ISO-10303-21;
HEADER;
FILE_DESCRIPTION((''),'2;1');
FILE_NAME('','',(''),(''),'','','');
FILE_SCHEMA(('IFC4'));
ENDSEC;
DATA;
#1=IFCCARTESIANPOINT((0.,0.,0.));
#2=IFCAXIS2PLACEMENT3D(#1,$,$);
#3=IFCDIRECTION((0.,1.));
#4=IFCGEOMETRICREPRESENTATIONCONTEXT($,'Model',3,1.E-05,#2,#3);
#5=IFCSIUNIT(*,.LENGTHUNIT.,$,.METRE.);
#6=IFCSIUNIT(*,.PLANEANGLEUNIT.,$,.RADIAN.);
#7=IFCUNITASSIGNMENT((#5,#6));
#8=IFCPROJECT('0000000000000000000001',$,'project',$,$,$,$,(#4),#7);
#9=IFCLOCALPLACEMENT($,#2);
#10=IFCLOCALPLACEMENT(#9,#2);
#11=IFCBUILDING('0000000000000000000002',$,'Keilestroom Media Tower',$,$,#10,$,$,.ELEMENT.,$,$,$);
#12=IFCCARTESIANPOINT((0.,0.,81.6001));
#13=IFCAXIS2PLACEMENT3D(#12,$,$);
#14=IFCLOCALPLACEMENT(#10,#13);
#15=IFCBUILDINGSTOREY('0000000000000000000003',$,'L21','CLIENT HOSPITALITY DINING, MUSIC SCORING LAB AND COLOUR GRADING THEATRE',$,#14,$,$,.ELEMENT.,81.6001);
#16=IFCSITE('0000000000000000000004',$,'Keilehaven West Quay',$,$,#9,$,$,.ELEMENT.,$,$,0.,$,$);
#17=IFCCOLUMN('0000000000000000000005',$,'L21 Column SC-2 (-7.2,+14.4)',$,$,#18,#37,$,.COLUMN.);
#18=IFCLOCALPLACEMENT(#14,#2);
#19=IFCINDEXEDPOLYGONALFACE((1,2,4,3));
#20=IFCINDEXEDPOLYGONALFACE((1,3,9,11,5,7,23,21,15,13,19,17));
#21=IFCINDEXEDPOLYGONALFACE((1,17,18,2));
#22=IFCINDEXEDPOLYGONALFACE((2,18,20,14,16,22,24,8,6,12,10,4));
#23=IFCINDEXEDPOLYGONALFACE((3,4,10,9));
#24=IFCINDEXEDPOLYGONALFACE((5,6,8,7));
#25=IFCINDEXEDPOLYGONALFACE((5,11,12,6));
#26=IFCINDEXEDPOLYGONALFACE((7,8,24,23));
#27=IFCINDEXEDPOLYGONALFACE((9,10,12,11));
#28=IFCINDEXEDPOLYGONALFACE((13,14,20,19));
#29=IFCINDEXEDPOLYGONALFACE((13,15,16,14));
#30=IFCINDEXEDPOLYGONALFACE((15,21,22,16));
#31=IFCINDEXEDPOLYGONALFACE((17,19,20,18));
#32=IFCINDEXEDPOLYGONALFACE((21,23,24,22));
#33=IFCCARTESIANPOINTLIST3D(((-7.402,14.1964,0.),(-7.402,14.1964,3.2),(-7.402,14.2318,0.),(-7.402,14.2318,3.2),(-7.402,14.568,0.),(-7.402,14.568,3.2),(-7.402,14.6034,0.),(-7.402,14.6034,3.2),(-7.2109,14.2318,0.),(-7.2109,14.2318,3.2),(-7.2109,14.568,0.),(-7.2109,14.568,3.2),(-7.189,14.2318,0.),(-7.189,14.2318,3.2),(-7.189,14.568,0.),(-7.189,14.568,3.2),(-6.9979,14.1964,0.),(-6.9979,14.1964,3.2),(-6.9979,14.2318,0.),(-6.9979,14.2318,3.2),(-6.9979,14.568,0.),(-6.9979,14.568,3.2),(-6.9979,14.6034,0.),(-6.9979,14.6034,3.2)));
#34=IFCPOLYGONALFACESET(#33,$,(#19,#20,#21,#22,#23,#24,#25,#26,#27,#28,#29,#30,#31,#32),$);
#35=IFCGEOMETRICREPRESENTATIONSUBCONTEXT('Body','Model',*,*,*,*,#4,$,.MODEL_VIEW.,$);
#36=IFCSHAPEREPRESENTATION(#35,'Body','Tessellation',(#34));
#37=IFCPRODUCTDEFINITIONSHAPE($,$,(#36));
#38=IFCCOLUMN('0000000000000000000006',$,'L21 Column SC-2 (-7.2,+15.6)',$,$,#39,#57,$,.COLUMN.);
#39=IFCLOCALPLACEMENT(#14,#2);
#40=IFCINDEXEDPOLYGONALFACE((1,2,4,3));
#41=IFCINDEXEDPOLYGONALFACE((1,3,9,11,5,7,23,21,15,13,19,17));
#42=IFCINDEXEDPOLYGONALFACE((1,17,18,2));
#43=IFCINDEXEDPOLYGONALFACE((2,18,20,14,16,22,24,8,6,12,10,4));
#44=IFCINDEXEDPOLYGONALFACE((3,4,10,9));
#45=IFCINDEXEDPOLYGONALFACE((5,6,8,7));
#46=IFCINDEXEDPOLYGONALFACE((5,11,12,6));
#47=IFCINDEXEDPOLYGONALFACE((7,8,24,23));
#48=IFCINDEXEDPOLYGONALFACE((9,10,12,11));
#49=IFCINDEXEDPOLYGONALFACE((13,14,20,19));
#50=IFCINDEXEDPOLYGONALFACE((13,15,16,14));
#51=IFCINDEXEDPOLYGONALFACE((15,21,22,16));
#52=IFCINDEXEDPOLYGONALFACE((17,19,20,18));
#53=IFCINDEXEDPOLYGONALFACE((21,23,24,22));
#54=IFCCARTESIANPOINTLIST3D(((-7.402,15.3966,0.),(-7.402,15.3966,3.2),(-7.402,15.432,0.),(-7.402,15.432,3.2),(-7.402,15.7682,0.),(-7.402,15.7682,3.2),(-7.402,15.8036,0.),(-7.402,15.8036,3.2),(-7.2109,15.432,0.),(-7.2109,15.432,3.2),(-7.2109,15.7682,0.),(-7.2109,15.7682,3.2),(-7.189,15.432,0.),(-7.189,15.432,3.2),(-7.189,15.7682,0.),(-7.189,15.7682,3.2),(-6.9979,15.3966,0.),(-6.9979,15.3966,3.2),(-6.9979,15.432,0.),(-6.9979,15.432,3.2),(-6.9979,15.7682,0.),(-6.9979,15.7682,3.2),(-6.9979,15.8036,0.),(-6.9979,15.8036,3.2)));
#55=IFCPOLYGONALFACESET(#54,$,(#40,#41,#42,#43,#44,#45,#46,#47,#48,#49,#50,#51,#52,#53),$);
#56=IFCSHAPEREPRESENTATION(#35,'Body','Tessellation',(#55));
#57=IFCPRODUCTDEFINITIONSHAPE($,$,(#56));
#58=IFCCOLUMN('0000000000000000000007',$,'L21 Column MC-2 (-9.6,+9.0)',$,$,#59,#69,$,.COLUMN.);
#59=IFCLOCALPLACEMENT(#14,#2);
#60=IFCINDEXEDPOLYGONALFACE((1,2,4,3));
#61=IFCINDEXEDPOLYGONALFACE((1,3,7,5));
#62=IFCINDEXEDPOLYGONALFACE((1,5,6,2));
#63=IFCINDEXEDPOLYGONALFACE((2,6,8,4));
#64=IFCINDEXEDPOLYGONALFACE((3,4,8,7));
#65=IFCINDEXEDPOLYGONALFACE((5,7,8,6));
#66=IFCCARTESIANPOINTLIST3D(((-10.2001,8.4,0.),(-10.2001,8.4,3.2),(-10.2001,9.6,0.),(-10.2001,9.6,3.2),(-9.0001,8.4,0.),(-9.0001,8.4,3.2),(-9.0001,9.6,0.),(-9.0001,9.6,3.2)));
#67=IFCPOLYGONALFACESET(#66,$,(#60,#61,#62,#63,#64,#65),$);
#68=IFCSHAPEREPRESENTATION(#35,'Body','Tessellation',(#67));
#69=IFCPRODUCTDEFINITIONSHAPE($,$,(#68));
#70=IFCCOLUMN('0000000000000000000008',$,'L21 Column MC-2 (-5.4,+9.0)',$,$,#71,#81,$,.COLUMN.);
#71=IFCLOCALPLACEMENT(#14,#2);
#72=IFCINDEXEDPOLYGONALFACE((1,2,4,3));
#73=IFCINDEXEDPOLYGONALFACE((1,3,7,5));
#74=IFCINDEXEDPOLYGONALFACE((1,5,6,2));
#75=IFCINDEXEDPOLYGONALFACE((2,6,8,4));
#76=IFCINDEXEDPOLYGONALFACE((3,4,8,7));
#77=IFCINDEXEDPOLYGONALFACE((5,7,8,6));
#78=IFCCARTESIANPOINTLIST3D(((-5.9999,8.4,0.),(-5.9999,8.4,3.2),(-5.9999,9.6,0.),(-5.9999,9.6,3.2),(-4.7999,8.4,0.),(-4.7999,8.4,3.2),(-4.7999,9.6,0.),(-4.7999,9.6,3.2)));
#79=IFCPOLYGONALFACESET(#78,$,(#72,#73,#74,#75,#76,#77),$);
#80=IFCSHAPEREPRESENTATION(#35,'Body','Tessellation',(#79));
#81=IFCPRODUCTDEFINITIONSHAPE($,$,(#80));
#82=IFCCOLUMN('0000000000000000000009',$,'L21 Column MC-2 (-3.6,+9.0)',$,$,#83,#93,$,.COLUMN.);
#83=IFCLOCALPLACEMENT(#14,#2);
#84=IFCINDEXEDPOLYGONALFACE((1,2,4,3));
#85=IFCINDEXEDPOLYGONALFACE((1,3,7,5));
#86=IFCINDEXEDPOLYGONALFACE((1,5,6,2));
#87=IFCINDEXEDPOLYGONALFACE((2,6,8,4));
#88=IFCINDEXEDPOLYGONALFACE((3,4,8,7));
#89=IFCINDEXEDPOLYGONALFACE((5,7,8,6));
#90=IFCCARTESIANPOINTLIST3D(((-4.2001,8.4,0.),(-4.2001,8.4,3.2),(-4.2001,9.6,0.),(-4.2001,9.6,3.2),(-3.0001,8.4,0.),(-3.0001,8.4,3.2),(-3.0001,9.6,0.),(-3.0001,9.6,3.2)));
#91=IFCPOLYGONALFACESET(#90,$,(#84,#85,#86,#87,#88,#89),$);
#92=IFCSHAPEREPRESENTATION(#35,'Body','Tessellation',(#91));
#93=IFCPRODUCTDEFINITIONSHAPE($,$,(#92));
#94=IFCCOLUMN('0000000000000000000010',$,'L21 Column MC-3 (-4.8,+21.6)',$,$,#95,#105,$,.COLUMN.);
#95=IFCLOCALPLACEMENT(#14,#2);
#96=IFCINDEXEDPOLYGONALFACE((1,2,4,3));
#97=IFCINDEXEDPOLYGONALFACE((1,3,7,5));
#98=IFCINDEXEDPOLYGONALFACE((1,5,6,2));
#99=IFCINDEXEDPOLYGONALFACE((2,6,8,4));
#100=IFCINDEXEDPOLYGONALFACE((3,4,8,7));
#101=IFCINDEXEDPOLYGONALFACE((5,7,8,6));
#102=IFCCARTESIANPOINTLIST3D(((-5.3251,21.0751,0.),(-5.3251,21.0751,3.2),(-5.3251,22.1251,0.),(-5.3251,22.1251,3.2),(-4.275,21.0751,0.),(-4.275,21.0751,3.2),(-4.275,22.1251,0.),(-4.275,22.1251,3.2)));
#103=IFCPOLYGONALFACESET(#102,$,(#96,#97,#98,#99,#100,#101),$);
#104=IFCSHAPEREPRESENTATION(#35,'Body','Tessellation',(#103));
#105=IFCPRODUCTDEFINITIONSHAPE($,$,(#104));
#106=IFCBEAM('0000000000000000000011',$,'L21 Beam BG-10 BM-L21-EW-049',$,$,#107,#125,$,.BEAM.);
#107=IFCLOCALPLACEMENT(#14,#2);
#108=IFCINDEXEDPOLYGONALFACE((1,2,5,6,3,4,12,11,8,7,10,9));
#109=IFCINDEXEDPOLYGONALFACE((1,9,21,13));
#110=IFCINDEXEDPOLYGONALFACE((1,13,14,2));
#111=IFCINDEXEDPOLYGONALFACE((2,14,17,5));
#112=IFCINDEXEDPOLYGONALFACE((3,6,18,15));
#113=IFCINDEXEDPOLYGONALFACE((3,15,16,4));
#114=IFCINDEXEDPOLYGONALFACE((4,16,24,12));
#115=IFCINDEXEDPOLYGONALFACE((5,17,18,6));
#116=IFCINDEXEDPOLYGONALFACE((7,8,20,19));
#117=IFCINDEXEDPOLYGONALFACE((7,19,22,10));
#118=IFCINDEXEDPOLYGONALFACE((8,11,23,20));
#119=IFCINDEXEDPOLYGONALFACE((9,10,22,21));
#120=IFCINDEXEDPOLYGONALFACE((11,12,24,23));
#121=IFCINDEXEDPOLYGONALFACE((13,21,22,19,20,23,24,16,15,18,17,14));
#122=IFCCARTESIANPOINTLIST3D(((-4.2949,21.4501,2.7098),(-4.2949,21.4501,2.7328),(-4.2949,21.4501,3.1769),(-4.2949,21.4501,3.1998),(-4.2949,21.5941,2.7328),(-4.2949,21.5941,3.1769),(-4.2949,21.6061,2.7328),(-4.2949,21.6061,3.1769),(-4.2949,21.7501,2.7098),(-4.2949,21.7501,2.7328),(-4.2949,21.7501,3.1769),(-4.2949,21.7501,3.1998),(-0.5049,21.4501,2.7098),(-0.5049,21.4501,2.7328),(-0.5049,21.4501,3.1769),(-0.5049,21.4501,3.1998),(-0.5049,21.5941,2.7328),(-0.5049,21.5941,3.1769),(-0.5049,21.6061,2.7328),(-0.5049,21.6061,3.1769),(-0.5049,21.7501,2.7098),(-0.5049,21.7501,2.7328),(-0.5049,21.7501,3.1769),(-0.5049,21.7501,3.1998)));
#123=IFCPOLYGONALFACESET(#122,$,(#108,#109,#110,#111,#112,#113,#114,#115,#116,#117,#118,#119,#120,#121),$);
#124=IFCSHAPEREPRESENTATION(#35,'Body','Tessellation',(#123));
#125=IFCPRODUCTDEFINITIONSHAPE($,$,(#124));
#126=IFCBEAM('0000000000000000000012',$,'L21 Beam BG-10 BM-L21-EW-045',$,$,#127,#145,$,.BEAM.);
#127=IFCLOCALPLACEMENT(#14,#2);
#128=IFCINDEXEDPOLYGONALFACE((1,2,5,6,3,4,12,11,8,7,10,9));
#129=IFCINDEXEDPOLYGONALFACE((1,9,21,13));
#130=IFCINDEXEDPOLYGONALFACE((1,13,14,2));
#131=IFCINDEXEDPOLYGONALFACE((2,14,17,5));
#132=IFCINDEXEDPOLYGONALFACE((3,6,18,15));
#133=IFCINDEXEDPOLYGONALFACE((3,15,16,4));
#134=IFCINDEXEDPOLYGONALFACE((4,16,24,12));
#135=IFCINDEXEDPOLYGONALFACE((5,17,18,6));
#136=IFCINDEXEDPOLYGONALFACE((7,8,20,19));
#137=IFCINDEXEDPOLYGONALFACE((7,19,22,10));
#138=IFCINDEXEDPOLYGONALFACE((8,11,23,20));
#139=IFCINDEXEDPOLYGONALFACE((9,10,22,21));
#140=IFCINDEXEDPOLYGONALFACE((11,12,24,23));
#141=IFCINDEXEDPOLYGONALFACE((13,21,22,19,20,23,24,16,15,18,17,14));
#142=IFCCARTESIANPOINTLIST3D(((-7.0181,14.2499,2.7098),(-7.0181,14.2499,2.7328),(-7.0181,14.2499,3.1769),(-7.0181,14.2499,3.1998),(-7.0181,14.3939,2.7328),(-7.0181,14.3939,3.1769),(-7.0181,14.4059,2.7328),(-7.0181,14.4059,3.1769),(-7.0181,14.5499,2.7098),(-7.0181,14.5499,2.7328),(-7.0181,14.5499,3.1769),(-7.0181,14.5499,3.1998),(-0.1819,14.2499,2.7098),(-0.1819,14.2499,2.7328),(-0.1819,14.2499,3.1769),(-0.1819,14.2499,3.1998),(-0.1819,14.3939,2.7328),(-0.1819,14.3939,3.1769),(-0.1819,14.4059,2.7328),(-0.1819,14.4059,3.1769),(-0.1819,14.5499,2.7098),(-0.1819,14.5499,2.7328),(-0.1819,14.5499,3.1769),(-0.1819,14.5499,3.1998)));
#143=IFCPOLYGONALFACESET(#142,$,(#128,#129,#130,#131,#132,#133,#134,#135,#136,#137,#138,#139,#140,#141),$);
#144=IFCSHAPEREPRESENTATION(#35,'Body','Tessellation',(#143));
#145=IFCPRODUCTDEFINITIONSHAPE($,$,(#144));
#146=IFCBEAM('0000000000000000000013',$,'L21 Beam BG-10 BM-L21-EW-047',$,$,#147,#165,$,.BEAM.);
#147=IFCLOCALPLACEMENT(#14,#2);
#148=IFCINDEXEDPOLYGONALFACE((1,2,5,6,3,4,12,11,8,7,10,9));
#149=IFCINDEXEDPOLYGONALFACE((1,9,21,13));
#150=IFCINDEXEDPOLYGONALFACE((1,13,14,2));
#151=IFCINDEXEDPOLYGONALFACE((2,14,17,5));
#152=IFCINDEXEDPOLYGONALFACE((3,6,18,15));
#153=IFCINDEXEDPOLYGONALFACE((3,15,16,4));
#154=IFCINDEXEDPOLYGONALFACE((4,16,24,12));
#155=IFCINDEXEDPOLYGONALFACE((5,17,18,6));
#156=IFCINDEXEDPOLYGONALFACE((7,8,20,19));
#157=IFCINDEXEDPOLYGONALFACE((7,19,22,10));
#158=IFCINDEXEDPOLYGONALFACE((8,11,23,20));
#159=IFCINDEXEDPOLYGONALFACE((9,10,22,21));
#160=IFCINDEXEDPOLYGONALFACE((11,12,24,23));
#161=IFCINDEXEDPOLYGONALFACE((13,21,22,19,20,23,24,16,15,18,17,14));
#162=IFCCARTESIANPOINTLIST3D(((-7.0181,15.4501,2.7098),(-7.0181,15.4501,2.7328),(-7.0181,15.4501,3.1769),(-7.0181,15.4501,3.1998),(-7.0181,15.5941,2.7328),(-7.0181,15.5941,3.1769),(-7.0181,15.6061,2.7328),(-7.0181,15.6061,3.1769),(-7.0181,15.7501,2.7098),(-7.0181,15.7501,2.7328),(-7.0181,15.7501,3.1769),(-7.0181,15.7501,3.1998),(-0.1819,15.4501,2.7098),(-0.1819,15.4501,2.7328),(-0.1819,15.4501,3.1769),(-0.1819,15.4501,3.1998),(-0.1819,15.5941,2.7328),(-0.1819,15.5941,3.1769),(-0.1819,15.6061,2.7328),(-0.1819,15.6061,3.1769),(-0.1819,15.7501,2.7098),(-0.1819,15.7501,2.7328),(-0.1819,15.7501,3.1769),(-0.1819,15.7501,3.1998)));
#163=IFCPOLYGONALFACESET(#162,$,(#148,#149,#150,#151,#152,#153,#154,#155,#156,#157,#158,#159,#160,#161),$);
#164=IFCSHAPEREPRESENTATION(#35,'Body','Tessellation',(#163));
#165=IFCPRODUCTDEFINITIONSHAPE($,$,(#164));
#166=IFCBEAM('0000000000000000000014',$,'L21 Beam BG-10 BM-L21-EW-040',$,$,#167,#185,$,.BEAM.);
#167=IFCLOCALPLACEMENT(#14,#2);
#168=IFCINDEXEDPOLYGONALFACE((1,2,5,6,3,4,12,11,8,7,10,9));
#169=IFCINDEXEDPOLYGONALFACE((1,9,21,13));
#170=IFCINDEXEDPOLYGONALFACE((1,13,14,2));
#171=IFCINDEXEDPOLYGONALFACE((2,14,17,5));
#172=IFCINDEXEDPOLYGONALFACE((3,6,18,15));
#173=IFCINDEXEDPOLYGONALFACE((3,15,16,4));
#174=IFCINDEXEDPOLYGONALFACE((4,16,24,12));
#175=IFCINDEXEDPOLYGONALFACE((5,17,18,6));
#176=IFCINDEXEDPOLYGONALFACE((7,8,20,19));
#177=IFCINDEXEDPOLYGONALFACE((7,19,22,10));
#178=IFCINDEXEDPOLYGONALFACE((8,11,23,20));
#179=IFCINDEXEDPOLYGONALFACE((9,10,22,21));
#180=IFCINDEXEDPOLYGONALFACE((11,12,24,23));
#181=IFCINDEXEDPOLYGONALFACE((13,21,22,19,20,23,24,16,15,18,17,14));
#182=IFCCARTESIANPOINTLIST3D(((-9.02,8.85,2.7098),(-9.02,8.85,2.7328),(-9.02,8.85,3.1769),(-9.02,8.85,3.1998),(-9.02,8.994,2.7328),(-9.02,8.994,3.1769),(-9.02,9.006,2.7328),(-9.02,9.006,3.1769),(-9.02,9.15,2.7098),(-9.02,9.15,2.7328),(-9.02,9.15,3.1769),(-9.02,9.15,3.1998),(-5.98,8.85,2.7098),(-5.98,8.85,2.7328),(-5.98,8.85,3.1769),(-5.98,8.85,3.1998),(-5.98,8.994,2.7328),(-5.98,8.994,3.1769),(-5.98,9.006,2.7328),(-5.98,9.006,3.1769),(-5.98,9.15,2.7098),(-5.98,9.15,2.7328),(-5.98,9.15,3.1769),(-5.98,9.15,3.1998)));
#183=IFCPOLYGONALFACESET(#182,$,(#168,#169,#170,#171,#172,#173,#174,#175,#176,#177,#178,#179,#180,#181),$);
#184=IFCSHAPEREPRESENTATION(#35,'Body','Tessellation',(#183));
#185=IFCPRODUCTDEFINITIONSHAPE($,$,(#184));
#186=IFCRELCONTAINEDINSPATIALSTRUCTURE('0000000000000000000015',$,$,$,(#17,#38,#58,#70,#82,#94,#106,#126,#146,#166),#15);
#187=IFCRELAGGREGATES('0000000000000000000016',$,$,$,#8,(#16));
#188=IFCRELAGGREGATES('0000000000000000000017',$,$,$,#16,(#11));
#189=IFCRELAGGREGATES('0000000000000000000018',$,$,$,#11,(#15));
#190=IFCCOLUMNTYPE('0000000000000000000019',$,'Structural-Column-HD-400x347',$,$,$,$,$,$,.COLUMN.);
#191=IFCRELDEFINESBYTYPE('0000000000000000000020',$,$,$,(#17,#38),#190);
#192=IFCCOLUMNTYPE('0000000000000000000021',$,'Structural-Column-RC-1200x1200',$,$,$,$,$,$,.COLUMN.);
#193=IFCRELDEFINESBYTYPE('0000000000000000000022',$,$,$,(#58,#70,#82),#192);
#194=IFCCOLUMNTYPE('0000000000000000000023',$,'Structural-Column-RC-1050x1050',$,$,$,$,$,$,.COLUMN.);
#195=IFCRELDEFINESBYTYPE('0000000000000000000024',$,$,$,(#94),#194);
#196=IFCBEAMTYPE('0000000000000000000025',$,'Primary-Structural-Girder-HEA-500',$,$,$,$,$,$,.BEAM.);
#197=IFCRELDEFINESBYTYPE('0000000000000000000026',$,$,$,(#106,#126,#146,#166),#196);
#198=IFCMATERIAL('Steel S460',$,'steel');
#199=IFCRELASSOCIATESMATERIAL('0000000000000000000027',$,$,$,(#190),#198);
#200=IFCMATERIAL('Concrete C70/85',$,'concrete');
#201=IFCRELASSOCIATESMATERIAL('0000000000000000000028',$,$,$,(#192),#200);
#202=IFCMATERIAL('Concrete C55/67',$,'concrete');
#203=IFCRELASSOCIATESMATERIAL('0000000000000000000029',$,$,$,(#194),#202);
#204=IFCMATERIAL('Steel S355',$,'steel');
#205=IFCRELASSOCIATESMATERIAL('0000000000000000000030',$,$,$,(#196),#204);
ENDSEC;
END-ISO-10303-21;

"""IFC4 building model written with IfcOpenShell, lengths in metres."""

from ifc_helpers import new_model, si_unit, direction, frame, origin, origin_2d, place, context, subcontext, project, spatial, rectangle, i_section, extrude, source, transform, mapped, material, material_profile, profile_set, type_object, element, save


model = new_model("IFC4")

# Units and contexts
model_context = context("Model", 3, precision=1e-05, world=origin(), true_north=direction((0.0, 1.0)))
body_context = subcontext(model_context, "Body", "Model", "MODEL_VIEW")
ifc_project = project(units=[si_unit("LENGTHUNIT", "METRE"), si_unit("PLANEANGLEUNIT", "RADIAN")], contexts=[model_context])

# Site, building, storey
site_placement = place(None, origin())
site = spatial("IfcSite", under=ifc_project, at=site_placement, Name="Keilehaven West Quay", CompositionType="ELEMENT", RefElevation=0.0)
building_placement = place(site_placement, origin())
building = spatial("IfcBuilding", under=site, at=building_placement, Name="Keilestroom Media Tower", CompositionType="ELEMENT")
storey_placement = place(building_placement, frame((0.0, 0.0, 81.6001)))
storey = spatial("IfcBuildingStorey", under=building, at=storey_placement, Name="L21", Description="CLIENT HOSPITALITY DINING, MUSIC SCORING LAB AND COLOUR GRADING THEATRE", CompositionType="ELEMENT", Elevation=81.6001)

# Columns
ifc_material_1 = material(Name="Steel S460", Category="steel")
ifc_material_profile_1 = material_profile(ifc_material_1, i_section(OverallWidth=0.4041, OverallDepth=0.407, WebThickness=0.022, FlangeThickness=0.0354, at=origin_2d()), Name="HD 400x347")
ifc_profile_set_1 = profile_set([ifc_material_profile_1], Name="Steel S460")
column_type_1 = type_object("IfcColumnType", Name="Structural-Column-HD-400x347", PredefinedType="COLUMN", material=ifc_profile_set_1)
shared_shape_1 = source(origin(), body_context, "Body", "SweptSolid", [
    extrude(i_section(OverallWidth=0.4041, OverallDepth=0.407, WebThickness=0.022, FlangeThickness=0.0354, at=origin_2d()), origin(), (0.0, 0.0, 1.0), 3.2),
])
for number, where, z_axis, x_axis, name in (
    (1, (-7.2, 14.3999, 0.0), (0.0, 0.0, 1.0), (1.0, 0.0, 0.0), "L21 Column SC-2 (-7.2,+14.4)"),
    (2, (-7.2, 15.6001, 0.0), (0.0, 0.0, 1.0), (1.0, 0.0, 0.0), "L21 Column SC-2 (-7.2,+15.6)"),
):
    element("IfcColumn", number, at=place(storey_placement, frame(where, z_axis=z_axis, x_axis=x_axis)), inside=storey, type_object=column_type_1, Name=name, PredefinedType="COLUMN", context=body_context, shape_type="MappedRepresentation", body=[
        mapped(shared_shape_1, transform((0.0, 0.0, 0.0), x_axis=(1.0, 0.0, 0.0), y_axis=(0.0, 1.0, 0.0), z_axis=(0.0, 0.0, 1.0), scale=1.0)),
    ])
ifc_material_2 = material(Name="Concrete C70/85", Category="concrete")
ifc_material_profile_2 = material_profile(ifc_material_2, rectangle(XDim=1.2, YDim=1.2, at=origin_2d()), Name="RC 1200x1200")
ifc_profile_set_2 = profile_set([ifc_material_profile_2], Name="Concrete C70/85")
column_type_2 = type_object("IfcColumnType", Name="Structural-Column-RC-1200x1200", PredefinedType="COLUMN", material=ifc_profile_set_2)
shared_shape_2 = source(origin(), body_context, "Body", "SweptSolid", [
    extrude(rectangle(XDim=1.2, YDim=1.2, at=origin_2d()), origin(), (0.0, 0.0, 1.0), 3.2),
])
for number, where, z_axis, x_axis, name in (
    (3, (-9.6001, 9.0, 0.0), (0.0, 0.0, 1.0), (1.0, 0.0, 0.0), "L21 Column MC-2 (-9.6,+9.0)"),
    (4, (-5.3999, 9.0, 0.0), (0.0, 0.0, 1.0), (1.0, 0.0, 0.0), "L21 Column MC-2 (-5.4,+9.0)"),
    (5, (-3.6001, 9.0, 0.0), (0.0, 0.0, 1.0), (1.0, 0.0, 0.0), "L21 Column MC-2 (-3.6,+9.0)"),
):
    element("IfcColumn", number, at=place(storey_placement, frame(where, z_axis=z_axis, x_axis=x_axis)), inside=storey, type_object=column_type_2, Name=name, PredefinedType="COLUMN", context=body_context, shape_type="MappedRepresentation", body=[
        mapped(shared_shape_2, transform((0.0, 0.0, 0.0), x_axis=(1.0, 0.0, 0.0), y_axis=(0.0, 1.0, 0.0), z_axis=(0.0, 0.0, 1.0), scale=1.0)),
    ])
ifc_material_3 = material(Name="Concrete C55/67", Category="concrete")
ifc_material_profile_3 = material_profile(ifc_material_3, rectangle(XDim=1.05, YDim=1.05, at=origin_2d()), Name="RC 1050x1050")
ifc_profile_set_3 = profile_set([ifc_material_profile_3], Name="Concrete C55/67")
column_type_3 = type_object("IfcColumnType", Name="Structural-Column-RC-1050x1050", PredefinedType="COLUMN", material=ifc_profile_set_3)
shared_shape_3 = source(origin(), body_context, "Body", "SweptSolid", [
    extrude(rectangle(XDim=1.05, YDim=1.05, at=origin_2d()), origin(), (0.0, 0.0, 1.0), 3.2),
])
column_placement = place(storey_placement, frame((-4.8, 21.6001, 0.0), z_axis=(0.0, 0.0, 1.0), x_axis=(1.0, 0.0, 0.0)))
element("IfcColumn", 6, at=column_placement, inside=storey, type_object=column_type_3, Name="L21 Column MC-3 (-4.8,+21.6)", PredefinedType="COLUMN", context=body_context, shape_type="MappedRepresentation", body=[
    mapped(shared_shape_3, transform((0.0, 0.0, 0.0), x_axis=(1.0, 0.0, 0.0), y_axis=(0.0, 1.0, 0.0), z_axis=(0.0, 0.0, 1.0), scale=1.0)),
])

# Beams
ifc_material_4 = material(Name="Steel S355", Category="steel")
ifc_material_profile_4 = material_profile(ifc_material_4, i_section(OverallWidth=0.3, OverallDepth=0.49, WebThickness=0.012, FlangeThickness=0.0229, at=origin_2d()), Name="HEA 500")
ifc_profile_set_4 = profile_set([ifc_material_profile_4], Name="Steel S355")
beam_type = type_object("IfcBeamType", Name="Primary-Structural-Girder-HEA-500", PredefinedType="BEAM", material=ifc_profile_set_4)
shared_shape_4 = source(origin(), body_context, "Body", "SweptSolid", [
    extrude(i_section(OverallWidth=0.3, OverallDepth=0.49, WebThickness=0.012, FlangeThickness=0.0229, at=origin_2d()), origin(), (0.0, 0.0, 1.0), 3.79),
])
beam_1_placement = place(storey_placement, frame((-4.2949, 21.6001, 2.9548), z_axis=(1.0, 0.0, 0.0), x_axis=(0.0, 1.0, 0.0)))
element("IfcBeam", 7, at=beam_1_placement, inside=storey, type_object=beam_type, Name="L21 Beam BG-10 BM-L21-EW-049", PredefinedType="BEAM", context=body_context, shape_type="MappedRepresentation", body=[
    mapped(shared_shape_4, transform((0.0, 0.0, 0.0), x_axis=(1.0, 0.0, 0.0), y_axis=(0.0, 1.0, 0.0), z_axis=(0.0, 0.0, 1.0), scale=1.0)),
])
shared_shape_5 = source(origin(), body_context, "Body", "SweptSolid", [
    extrude(i_section(OverallWidth=0.3, OverallDepth=0.49, WebThickness=0.012, FlangeThickness=0.0229, at=origin_2d()), origin(), (0.0, 0.0, 1.0), 6.8362),
])
for number, where, z_axis, x_axis, name in (
    (8, (-7.0181, 14.3999, 2.9548), (1.0, 0.0, 0.0), (0.0, 1.0, 0.0), "L21 Beam BG-10 BM-L21-EW-045"),
    (9, (-7.0181, 15.6001, 2.9548), (1.0, 0.0, 0.0), (0.0, 1.0, 0.0), "L21 Beam BG-10 BM-L21-EW-047"),
):
    element("IfcBeam", number, at=place(storey_placement, frame(where, z_axis=z_axis, x_axis=x_axis)), inside=storey, type_object=beam_type, Name=name, PredefinedType="BEAM", context=body_context, shape_type="MappedRepresentation", body=[
        mapped(shared_shape_5, transform((0.0, 0.0, 0.0), x_axis=(1.0, 0.0, 0.0), y_axis=(0.0, 1.0, 0.0), z_axis=(0.0, 0.0, 1.0), scale=1.0)),
    ])
shared_shape_6 = source(origin(), body_context, "Body", "SweptSolid", [
    extrude(i_section(OverallWidth=0.3, OverallDepth=0.49, WebThickness=0.012, FlangeThickness=0.0229, at=origin_2d()), origin(), (0.0, 0.0, 1.0), 3.04),
])
beam_2_placement = place(storey_placement, frame((-9.02, 9.0, 2.9548), z_axis=(1.0, 0.0, 0.0), x_axis=(0.0, 1.0, 0.0)))
element("IfcBeam", 10, at=beam_2_placement, inside=storey, type_object=beam_type, Name="L21 Beam BG-10 BM-L21-EW-040", PredefinedType="BEAM", context=body_context, shape_type="MappedRepresentation", body=[
    mapped(shared_shape_6, transform((0.0, 0.0, 0.0), x_axis=(1.0, 0.0, 0.0), y_axis=(0.0, 1.0, 0.0), z_axis=(0.0, 0.0, 1.0), scale=1.0)),
])

save(model, "model.ifc")
